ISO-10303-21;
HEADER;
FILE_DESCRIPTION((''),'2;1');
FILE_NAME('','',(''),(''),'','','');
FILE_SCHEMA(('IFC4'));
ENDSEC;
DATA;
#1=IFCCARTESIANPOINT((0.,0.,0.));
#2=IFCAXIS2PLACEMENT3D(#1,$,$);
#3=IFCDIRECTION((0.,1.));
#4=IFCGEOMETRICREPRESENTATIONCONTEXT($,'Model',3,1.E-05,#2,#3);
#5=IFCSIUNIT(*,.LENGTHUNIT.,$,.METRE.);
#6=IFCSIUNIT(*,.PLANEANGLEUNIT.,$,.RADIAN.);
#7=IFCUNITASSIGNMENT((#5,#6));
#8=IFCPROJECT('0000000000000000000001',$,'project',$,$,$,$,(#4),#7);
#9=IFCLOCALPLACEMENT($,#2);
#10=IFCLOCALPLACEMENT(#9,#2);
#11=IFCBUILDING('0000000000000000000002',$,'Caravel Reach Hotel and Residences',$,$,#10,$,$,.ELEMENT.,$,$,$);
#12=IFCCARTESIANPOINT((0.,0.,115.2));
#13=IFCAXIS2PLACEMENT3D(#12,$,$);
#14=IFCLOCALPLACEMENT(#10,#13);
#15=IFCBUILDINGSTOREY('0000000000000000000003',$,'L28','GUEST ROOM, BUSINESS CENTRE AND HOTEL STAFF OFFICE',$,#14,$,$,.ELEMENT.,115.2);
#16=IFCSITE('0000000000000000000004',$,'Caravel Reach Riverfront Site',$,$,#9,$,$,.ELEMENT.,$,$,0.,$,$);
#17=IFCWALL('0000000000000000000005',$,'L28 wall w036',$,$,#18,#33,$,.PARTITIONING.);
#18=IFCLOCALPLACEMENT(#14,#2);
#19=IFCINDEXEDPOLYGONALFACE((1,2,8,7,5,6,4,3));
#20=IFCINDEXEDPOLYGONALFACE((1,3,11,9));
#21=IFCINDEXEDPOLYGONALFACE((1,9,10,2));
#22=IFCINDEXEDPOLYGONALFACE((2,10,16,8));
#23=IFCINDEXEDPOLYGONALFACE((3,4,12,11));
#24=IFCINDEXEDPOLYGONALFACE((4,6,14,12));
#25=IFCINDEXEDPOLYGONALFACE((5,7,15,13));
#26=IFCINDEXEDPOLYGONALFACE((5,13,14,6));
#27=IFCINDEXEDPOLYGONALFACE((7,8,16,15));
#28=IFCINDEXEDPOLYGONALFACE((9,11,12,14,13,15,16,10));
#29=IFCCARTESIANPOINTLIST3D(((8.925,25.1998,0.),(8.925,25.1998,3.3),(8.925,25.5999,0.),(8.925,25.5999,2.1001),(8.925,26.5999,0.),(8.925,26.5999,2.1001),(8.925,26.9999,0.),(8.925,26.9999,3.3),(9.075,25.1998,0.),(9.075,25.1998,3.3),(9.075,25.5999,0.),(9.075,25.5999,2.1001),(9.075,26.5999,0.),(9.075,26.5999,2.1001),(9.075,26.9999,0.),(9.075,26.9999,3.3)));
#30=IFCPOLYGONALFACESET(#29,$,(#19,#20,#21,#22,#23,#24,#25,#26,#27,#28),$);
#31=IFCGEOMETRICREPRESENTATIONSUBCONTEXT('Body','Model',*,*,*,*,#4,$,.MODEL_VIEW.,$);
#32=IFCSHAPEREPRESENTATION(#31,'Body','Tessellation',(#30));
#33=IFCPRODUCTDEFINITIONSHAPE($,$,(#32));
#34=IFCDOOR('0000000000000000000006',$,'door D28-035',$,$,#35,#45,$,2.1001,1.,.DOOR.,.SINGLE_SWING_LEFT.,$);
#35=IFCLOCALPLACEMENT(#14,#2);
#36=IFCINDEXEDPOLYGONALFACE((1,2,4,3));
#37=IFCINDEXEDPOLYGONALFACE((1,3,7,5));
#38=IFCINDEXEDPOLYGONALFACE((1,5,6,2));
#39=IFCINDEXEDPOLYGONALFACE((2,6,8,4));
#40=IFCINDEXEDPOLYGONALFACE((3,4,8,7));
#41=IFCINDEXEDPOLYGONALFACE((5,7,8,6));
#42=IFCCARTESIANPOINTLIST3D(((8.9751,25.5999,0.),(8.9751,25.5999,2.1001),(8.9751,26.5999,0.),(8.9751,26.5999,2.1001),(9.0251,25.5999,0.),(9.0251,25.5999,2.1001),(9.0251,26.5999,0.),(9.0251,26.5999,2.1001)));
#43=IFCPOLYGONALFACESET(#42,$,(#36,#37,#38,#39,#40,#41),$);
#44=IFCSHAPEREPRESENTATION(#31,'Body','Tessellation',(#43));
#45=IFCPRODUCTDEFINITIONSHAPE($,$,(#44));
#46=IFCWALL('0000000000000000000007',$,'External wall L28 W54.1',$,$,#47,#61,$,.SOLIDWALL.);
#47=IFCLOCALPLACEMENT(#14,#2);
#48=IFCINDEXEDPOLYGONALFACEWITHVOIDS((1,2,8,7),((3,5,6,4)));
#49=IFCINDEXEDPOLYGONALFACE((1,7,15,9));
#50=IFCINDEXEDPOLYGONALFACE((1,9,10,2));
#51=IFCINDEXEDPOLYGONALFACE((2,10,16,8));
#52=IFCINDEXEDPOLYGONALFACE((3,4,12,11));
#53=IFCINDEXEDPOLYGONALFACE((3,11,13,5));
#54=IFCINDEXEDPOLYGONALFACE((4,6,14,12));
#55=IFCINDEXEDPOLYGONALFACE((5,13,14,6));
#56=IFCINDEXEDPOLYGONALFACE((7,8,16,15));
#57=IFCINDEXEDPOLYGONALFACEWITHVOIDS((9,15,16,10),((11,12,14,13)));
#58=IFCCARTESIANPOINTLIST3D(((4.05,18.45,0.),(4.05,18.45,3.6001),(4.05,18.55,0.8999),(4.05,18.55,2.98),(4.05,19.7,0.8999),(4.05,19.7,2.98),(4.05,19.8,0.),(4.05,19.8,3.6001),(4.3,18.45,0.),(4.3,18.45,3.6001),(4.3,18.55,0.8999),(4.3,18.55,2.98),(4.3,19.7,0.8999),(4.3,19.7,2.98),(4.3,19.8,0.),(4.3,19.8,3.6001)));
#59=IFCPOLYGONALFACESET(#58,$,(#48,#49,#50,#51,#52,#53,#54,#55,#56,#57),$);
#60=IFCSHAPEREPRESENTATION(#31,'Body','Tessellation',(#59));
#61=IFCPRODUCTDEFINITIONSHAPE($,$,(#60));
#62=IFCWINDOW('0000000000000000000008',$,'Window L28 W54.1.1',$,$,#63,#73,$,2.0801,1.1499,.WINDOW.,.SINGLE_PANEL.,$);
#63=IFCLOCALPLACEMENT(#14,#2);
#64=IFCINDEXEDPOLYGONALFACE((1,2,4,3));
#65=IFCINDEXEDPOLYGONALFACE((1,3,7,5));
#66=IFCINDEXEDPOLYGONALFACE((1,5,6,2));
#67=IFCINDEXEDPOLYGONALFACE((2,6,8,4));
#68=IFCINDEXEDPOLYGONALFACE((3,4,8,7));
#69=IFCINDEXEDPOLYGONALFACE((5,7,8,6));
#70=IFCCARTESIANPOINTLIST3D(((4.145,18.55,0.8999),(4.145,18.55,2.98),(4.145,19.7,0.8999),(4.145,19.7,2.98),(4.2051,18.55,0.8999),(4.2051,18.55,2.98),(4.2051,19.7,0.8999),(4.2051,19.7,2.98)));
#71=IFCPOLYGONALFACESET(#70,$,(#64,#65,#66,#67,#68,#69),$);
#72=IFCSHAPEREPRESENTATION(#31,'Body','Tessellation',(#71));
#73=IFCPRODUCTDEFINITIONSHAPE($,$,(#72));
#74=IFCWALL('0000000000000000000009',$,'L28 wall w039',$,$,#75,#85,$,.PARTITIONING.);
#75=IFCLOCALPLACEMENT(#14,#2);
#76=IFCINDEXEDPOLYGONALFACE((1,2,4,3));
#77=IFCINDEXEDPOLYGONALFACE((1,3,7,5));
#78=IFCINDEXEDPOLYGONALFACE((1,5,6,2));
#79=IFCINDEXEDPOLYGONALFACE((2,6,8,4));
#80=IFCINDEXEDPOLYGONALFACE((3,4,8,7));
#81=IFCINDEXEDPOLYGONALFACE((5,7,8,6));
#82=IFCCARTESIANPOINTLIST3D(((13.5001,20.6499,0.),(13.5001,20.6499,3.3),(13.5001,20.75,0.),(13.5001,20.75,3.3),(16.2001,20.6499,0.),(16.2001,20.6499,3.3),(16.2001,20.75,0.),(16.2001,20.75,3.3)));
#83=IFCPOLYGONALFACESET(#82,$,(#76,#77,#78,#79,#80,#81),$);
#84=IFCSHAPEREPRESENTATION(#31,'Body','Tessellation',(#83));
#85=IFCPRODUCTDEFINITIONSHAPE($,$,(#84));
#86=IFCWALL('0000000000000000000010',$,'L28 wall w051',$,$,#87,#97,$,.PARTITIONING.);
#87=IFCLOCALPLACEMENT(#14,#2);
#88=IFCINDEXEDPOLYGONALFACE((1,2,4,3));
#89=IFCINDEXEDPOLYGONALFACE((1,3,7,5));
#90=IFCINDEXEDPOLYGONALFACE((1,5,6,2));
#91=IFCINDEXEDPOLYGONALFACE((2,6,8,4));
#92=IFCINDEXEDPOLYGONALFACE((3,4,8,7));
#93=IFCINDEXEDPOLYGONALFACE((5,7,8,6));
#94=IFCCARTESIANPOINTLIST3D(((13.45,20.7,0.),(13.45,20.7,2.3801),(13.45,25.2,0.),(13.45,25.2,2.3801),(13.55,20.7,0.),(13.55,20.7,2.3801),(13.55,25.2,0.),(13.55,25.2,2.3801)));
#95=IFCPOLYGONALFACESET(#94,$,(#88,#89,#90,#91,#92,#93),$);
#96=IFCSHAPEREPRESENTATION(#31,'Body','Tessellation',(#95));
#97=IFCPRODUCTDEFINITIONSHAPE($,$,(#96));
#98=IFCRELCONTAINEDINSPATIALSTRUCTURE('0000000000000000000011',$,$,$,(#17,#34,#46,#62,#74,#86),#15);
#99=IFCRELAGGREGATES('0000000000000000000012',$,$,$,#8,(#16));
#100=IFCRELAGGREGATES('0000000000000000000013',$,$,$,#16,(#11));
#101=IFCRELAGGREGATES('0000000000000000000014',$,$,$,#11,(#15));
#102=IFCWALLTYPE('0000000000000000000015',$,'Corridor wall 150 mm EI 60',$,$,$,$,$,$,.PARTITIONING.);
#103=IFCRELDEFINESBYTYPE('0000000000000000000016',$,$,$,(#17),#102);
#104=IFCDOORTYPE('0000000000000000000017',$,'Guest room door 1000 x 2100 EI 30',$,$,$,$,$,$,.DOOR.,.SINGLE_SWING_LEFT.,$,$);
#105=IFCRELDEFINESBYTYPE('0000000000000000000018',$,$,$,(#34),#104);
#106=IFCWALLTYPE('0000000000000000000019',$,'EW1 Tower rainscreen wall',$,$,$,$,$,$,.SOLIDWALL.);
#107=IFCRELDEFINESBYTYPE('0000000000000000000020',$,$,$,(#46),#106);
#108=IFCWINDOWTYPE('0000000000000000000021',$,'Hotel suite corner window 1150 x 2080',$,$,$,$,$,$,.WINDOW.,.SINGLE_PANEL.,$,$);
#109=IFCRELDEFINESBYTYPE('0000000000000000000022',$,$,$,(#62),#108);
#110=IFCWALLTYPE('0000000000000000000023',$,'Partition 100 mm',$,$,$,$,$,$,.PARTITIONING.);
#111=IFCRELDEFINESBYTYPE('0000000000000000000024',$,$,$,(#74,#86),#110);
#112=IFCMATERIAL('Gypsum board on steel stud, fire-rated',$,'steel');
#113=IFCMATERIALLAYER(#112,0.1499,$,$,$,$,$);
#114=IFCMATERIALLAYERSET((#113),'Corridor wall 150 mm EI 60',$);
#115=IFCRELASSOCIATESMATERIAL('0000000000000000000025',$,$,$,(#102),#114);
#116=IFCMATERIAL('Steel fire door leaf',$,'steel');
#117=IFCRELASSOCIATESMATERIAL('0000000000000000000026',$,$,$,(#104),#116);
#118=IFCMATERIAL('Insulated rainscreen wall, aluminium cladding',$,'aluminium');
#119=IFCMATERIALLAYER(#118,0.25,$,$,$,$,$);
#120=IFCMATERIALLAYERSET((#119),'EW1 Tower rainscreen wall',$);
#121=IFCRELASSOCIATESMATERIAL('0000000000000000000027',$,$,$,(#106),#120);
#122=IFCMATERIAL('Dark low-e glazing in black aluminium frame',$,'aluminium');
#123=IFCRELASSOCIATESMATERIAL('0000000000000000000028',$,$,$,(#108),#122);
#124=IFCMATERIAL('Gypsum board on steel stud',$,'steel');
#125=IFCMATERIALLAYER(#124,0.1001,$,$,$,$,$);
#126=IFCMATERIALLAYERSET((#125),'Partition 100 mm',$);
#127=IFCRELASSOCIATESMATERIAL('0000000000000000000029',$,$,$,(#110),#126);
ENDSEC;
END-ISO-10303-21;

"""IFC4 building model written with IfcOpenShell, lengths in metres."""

from ifc_helpers import new_model, si_unit, direction, frame, frame_2d, origin, place, context, subcontext, project, spatial, rectangle, extrude, material, layer, layer_set, type_object, element, fill, save


model = new_model("IFC4")

# Units and contexts
model_context = context("Model", 3, precision=1e-05, world=origin(), true_north=direction((0.0, 1.0)))
body_context = subcontext(model_context, "Body", "Model", "MODEL_VIEW")
ifc_project = project(units=[si_unit("LENGTHUNIT", "METRE"), si_unit("PLANEANGLEUNIT", "RADIAN")], contexts=[model_context])

# Site, building, storey
site_placement = place(None, origin())
site = spatial("IfcSite", under=ifc_project, at=site_placement, Name="Caravel Reach Riverfront Site", CompositionType="ELEMENT", RefElevation=0.0)
building_placement = place(site_placement, origin())
building = spatial("IfcBuilding", under=site, at=building_placement, Name="Caravel Reach Hotel and Residences", CompositionType="ELEMENT")
storey_placement = place(building_placement, frame((0.0, 0.0, 115.2)))
storey = spatial("IfcBuildingStorey", under=building, at=storey_placement, Name="L28", Description="GUEST ROOM, BUSINESS CENTRE AND HOTEL STAFF OFFICE", CompositionType="ELEMENT", Elevation=115.2)

# Wall, opening, door
ifc_material_1 = material(Name="Gypsum board on steel stud, fire-rated", Category="steel")
ifc_layer_1 = layer(ifc_material_1, 0.1499)
ifc_layer_set_1 = layer_set([ifc_layer_1], Name="Corridor wall 150 mm EI 60")
wall_type_1 = type_object("IfcWallType", Name="Corridor wall 150 mm EI 60", PredefinedType="PARTITIONING", material=ifc_layer_set_1)
ifc_material_2 = material(Name="Steel fire door leaf", Category="steel")
door_type_1 = type_object("IfcDoorType", Name="Guest room door 1000 x 2100 EI 30", OperationType="SINGLE_SWING_LEFT", PredefinedType="DOOR", material=ifc_material_2)
wall_1_placement = place(storey_placement, frame((9.0, 25.2, 0.0), z_axis=(0.0, 0.0, 1.0), x_axis=(0.0, 1.0, 0.0)))
wall_1 = element("IfcWall", 1, at=wall_1_placement, inside=storey, type_object=wall_type_1, Name="L28 wall w036", PredefinedType="PARTITIONING", context=body_context, shape_type="SweptSolid", body=[
    extrude(rectangle(XDim=1.8, YDim=0.1499, at=frame_2d((0.8999, 0.0))), origin(), (0.0, 0.0, 1.0), 3.3),
])
opening_1_placement = place(wall_1_placement, frame((0.3999, 0.0, 0.0)))
opening_1 = element("IfcOpeningElement", 2, at=opening_1_placement, cuts=wall_1, PredefinedType="OPENING", context=body_context, shape_type="SweptSolid", body=[
    extrude(rectangle(XDim=1.0, YDim=2.1001, at=frame_2d((0.5, 1.05))), frame((0.0, 0.085, 0.0), z_axis=(0.0, -1.0, 0.0), x_axis=(1.0, 0.0, 0.0)), (0.0, 0.0, 1.0), 0.1699),
])
door_1_placement = place(opening_1_placement, origin())
door_1 = element("IfcDoor", 3, at=door_1_placement, inside=storey, type_object=door_type_1, Name="door D28-035", OperationType="SINGLE_SWING_LEFT", OverallHeight=2.1001, OverallWidth=1.0, PredefinedType="DOOR", context=body_context, shape_type="SweptSolid", body=[
    extrude(rectangle(XDim=1.0, YDim=2.1001, at=frame_2d((0.5, 1.05))), frame((0.0, 0.0249, 0.0), z_axis=(0.0, -1.0, 0.0), x_axis=(1.0, 0.0, 0.0)), (0.0, 0.0, 1.0), 0.05),
])
fill(opening_1, door_1)

# Wall, opening, window
ifc_material_3 = material(Name="Insulated rainscreen wall, aluminium cladding", Category="aluminium")
ifc_layer_2 = layer(ifc_material_3, 0.25)
ifc_layer_set_2 = layer_set([ifc_layer_2], Name="EW1 Tower rainscreen wall")
wall_type_2 = type_object("IfcWallType", Name="EW1 Tower rainscreen wall", PredefinedType="SOLIDWALL", material=ifc_layer_set_2)
wall_2_placement = place(storey_placement, frame((4.175, 19.8, 0.0), z_axis=(0.0, 0.0, 1.0), x_axis=(0.0, -1.0, 0.0)))
wall_2 = element("IfcWall", 4, at=wall_2_placement, inside=storey, type_object=wall_type_2, Name="External wall L28 W54.1", PredefinedType="SOLIDWALL", context=body_context, shape_type="SweptSolid", body=[
    extrude(rectangle(XDim=1.3501, YDim=0.25, at=frame_2d((0.675, 0.0))), origin(), (0.0, 0.0, 1.0), 3.6001),
])
opening_2_placement = place(wall_2_placement, frame((0.1001, 0.0, 0.8999)))
opening_2 = element("IfcOpeningElement", 5, at=opening_2_placement, cuts=wall_2, PredefinedType="OPENING", context=body_context, shape_type="SweptSolid", body=[
    extrude(rectangle(XDim=1.1499, YDim=2.0801, at=frame_2d((0.575, 1.04))), frame((0.0, 0.135, 0.0), z_axis=(0.0, -1.0, 0.0), x_axis=(1.0, 0.0, 0.0)), (0.0, 0.0, 1.0), 0.27),
])
ifc_material_4 = material(Name="Dark low-e glazing in black aluminium frame", Category="aluminium")
window_type = type_object("IfcWindowType", Name="Hotel suite corner window 1150 x 2080", PartitioningType="SINGLE_PANEL", PredefinedType="WINDOW", material=ifc_material_4)
window_placement = place(opening_2_placement, origin())
window = element("IfcWindow", 6, at=window_placement, inside=storey, type_object=window_type, Name="Window L28 W54.1.1", OverallHeight=2.0801, OverallWidth=1.1499, PartitioningType="SINGLE_PANEL", PredefinedType="WINDOW", context=body_context, shape_type="SweptSolid", body=[
    extrude(rectangle(XDim=1.1499, YDim=2.0801, at=frame_2d((0.575, 1.04))), frame((0.0, 0.03, 0.0), z_axis=(0.0, -1.0, 0.0), x_axis=(1.0, 0.0, 0.0)), (0.0, 0.0, 1.0), 0.0601),
])
fill(opening_2, window)

# Walls
ifc_material_5 = material(Name="Gypsum board on steel stud", Category="steel")
ifc_layer_3 = layer(ifc_material_5, 0.1001)
ifc_layer_set_3 = layer_set([ifc_layer_3], Name="Partition 100 mm")
wall_type_3 = type_object("IfcWallType", Name="Partition 100 mm", PredefinedType="PARTITIONING", material=ifc_layer_set_3)
wall_3_placement = place(storey_placement, frame((13.5, 20.7, 0.0), z_axis=(0.0, 0.0, 1.0), x_axis=(1.0, 0.0, 0.0)))
element("IfcWall", 7, at=wall_3_placement, inside=storey, type_object=wall_type_3, Name="L28 wall w039", PredefinedType="PARTITIONING", context=body_context, shape_type="SweptSolid", body=[
    extrude(rectangle(XDim=2.7, YDim=0.1001, at=frame_2d((1.3501, 0.0))), origin(), (0.0, 0.0, 1.0), 3.3),
])
wall_4_placement = place(storey_placement, frame((13.5, 20.7, 0.0), z_axis=(0.0, 0.0, 1.0), x_axis=(0.0, 1.0, 0.0)))
element("IfcWall", 8, at=wall_4_placement, inside=storey, type_object=wall_type_3, Name="L28 wall w051", PredefinedType="PARTITIONING", context=body_context, shape_type="SweptSolid", body=[
    extrude(rectangle(XDim=4.5, YDim=0.1001, at=frame_2d((2.25, 0.0))), origin(), (0.0, 0.0, 1.0), 2.3801),
])

save(model, "model.ifc")
